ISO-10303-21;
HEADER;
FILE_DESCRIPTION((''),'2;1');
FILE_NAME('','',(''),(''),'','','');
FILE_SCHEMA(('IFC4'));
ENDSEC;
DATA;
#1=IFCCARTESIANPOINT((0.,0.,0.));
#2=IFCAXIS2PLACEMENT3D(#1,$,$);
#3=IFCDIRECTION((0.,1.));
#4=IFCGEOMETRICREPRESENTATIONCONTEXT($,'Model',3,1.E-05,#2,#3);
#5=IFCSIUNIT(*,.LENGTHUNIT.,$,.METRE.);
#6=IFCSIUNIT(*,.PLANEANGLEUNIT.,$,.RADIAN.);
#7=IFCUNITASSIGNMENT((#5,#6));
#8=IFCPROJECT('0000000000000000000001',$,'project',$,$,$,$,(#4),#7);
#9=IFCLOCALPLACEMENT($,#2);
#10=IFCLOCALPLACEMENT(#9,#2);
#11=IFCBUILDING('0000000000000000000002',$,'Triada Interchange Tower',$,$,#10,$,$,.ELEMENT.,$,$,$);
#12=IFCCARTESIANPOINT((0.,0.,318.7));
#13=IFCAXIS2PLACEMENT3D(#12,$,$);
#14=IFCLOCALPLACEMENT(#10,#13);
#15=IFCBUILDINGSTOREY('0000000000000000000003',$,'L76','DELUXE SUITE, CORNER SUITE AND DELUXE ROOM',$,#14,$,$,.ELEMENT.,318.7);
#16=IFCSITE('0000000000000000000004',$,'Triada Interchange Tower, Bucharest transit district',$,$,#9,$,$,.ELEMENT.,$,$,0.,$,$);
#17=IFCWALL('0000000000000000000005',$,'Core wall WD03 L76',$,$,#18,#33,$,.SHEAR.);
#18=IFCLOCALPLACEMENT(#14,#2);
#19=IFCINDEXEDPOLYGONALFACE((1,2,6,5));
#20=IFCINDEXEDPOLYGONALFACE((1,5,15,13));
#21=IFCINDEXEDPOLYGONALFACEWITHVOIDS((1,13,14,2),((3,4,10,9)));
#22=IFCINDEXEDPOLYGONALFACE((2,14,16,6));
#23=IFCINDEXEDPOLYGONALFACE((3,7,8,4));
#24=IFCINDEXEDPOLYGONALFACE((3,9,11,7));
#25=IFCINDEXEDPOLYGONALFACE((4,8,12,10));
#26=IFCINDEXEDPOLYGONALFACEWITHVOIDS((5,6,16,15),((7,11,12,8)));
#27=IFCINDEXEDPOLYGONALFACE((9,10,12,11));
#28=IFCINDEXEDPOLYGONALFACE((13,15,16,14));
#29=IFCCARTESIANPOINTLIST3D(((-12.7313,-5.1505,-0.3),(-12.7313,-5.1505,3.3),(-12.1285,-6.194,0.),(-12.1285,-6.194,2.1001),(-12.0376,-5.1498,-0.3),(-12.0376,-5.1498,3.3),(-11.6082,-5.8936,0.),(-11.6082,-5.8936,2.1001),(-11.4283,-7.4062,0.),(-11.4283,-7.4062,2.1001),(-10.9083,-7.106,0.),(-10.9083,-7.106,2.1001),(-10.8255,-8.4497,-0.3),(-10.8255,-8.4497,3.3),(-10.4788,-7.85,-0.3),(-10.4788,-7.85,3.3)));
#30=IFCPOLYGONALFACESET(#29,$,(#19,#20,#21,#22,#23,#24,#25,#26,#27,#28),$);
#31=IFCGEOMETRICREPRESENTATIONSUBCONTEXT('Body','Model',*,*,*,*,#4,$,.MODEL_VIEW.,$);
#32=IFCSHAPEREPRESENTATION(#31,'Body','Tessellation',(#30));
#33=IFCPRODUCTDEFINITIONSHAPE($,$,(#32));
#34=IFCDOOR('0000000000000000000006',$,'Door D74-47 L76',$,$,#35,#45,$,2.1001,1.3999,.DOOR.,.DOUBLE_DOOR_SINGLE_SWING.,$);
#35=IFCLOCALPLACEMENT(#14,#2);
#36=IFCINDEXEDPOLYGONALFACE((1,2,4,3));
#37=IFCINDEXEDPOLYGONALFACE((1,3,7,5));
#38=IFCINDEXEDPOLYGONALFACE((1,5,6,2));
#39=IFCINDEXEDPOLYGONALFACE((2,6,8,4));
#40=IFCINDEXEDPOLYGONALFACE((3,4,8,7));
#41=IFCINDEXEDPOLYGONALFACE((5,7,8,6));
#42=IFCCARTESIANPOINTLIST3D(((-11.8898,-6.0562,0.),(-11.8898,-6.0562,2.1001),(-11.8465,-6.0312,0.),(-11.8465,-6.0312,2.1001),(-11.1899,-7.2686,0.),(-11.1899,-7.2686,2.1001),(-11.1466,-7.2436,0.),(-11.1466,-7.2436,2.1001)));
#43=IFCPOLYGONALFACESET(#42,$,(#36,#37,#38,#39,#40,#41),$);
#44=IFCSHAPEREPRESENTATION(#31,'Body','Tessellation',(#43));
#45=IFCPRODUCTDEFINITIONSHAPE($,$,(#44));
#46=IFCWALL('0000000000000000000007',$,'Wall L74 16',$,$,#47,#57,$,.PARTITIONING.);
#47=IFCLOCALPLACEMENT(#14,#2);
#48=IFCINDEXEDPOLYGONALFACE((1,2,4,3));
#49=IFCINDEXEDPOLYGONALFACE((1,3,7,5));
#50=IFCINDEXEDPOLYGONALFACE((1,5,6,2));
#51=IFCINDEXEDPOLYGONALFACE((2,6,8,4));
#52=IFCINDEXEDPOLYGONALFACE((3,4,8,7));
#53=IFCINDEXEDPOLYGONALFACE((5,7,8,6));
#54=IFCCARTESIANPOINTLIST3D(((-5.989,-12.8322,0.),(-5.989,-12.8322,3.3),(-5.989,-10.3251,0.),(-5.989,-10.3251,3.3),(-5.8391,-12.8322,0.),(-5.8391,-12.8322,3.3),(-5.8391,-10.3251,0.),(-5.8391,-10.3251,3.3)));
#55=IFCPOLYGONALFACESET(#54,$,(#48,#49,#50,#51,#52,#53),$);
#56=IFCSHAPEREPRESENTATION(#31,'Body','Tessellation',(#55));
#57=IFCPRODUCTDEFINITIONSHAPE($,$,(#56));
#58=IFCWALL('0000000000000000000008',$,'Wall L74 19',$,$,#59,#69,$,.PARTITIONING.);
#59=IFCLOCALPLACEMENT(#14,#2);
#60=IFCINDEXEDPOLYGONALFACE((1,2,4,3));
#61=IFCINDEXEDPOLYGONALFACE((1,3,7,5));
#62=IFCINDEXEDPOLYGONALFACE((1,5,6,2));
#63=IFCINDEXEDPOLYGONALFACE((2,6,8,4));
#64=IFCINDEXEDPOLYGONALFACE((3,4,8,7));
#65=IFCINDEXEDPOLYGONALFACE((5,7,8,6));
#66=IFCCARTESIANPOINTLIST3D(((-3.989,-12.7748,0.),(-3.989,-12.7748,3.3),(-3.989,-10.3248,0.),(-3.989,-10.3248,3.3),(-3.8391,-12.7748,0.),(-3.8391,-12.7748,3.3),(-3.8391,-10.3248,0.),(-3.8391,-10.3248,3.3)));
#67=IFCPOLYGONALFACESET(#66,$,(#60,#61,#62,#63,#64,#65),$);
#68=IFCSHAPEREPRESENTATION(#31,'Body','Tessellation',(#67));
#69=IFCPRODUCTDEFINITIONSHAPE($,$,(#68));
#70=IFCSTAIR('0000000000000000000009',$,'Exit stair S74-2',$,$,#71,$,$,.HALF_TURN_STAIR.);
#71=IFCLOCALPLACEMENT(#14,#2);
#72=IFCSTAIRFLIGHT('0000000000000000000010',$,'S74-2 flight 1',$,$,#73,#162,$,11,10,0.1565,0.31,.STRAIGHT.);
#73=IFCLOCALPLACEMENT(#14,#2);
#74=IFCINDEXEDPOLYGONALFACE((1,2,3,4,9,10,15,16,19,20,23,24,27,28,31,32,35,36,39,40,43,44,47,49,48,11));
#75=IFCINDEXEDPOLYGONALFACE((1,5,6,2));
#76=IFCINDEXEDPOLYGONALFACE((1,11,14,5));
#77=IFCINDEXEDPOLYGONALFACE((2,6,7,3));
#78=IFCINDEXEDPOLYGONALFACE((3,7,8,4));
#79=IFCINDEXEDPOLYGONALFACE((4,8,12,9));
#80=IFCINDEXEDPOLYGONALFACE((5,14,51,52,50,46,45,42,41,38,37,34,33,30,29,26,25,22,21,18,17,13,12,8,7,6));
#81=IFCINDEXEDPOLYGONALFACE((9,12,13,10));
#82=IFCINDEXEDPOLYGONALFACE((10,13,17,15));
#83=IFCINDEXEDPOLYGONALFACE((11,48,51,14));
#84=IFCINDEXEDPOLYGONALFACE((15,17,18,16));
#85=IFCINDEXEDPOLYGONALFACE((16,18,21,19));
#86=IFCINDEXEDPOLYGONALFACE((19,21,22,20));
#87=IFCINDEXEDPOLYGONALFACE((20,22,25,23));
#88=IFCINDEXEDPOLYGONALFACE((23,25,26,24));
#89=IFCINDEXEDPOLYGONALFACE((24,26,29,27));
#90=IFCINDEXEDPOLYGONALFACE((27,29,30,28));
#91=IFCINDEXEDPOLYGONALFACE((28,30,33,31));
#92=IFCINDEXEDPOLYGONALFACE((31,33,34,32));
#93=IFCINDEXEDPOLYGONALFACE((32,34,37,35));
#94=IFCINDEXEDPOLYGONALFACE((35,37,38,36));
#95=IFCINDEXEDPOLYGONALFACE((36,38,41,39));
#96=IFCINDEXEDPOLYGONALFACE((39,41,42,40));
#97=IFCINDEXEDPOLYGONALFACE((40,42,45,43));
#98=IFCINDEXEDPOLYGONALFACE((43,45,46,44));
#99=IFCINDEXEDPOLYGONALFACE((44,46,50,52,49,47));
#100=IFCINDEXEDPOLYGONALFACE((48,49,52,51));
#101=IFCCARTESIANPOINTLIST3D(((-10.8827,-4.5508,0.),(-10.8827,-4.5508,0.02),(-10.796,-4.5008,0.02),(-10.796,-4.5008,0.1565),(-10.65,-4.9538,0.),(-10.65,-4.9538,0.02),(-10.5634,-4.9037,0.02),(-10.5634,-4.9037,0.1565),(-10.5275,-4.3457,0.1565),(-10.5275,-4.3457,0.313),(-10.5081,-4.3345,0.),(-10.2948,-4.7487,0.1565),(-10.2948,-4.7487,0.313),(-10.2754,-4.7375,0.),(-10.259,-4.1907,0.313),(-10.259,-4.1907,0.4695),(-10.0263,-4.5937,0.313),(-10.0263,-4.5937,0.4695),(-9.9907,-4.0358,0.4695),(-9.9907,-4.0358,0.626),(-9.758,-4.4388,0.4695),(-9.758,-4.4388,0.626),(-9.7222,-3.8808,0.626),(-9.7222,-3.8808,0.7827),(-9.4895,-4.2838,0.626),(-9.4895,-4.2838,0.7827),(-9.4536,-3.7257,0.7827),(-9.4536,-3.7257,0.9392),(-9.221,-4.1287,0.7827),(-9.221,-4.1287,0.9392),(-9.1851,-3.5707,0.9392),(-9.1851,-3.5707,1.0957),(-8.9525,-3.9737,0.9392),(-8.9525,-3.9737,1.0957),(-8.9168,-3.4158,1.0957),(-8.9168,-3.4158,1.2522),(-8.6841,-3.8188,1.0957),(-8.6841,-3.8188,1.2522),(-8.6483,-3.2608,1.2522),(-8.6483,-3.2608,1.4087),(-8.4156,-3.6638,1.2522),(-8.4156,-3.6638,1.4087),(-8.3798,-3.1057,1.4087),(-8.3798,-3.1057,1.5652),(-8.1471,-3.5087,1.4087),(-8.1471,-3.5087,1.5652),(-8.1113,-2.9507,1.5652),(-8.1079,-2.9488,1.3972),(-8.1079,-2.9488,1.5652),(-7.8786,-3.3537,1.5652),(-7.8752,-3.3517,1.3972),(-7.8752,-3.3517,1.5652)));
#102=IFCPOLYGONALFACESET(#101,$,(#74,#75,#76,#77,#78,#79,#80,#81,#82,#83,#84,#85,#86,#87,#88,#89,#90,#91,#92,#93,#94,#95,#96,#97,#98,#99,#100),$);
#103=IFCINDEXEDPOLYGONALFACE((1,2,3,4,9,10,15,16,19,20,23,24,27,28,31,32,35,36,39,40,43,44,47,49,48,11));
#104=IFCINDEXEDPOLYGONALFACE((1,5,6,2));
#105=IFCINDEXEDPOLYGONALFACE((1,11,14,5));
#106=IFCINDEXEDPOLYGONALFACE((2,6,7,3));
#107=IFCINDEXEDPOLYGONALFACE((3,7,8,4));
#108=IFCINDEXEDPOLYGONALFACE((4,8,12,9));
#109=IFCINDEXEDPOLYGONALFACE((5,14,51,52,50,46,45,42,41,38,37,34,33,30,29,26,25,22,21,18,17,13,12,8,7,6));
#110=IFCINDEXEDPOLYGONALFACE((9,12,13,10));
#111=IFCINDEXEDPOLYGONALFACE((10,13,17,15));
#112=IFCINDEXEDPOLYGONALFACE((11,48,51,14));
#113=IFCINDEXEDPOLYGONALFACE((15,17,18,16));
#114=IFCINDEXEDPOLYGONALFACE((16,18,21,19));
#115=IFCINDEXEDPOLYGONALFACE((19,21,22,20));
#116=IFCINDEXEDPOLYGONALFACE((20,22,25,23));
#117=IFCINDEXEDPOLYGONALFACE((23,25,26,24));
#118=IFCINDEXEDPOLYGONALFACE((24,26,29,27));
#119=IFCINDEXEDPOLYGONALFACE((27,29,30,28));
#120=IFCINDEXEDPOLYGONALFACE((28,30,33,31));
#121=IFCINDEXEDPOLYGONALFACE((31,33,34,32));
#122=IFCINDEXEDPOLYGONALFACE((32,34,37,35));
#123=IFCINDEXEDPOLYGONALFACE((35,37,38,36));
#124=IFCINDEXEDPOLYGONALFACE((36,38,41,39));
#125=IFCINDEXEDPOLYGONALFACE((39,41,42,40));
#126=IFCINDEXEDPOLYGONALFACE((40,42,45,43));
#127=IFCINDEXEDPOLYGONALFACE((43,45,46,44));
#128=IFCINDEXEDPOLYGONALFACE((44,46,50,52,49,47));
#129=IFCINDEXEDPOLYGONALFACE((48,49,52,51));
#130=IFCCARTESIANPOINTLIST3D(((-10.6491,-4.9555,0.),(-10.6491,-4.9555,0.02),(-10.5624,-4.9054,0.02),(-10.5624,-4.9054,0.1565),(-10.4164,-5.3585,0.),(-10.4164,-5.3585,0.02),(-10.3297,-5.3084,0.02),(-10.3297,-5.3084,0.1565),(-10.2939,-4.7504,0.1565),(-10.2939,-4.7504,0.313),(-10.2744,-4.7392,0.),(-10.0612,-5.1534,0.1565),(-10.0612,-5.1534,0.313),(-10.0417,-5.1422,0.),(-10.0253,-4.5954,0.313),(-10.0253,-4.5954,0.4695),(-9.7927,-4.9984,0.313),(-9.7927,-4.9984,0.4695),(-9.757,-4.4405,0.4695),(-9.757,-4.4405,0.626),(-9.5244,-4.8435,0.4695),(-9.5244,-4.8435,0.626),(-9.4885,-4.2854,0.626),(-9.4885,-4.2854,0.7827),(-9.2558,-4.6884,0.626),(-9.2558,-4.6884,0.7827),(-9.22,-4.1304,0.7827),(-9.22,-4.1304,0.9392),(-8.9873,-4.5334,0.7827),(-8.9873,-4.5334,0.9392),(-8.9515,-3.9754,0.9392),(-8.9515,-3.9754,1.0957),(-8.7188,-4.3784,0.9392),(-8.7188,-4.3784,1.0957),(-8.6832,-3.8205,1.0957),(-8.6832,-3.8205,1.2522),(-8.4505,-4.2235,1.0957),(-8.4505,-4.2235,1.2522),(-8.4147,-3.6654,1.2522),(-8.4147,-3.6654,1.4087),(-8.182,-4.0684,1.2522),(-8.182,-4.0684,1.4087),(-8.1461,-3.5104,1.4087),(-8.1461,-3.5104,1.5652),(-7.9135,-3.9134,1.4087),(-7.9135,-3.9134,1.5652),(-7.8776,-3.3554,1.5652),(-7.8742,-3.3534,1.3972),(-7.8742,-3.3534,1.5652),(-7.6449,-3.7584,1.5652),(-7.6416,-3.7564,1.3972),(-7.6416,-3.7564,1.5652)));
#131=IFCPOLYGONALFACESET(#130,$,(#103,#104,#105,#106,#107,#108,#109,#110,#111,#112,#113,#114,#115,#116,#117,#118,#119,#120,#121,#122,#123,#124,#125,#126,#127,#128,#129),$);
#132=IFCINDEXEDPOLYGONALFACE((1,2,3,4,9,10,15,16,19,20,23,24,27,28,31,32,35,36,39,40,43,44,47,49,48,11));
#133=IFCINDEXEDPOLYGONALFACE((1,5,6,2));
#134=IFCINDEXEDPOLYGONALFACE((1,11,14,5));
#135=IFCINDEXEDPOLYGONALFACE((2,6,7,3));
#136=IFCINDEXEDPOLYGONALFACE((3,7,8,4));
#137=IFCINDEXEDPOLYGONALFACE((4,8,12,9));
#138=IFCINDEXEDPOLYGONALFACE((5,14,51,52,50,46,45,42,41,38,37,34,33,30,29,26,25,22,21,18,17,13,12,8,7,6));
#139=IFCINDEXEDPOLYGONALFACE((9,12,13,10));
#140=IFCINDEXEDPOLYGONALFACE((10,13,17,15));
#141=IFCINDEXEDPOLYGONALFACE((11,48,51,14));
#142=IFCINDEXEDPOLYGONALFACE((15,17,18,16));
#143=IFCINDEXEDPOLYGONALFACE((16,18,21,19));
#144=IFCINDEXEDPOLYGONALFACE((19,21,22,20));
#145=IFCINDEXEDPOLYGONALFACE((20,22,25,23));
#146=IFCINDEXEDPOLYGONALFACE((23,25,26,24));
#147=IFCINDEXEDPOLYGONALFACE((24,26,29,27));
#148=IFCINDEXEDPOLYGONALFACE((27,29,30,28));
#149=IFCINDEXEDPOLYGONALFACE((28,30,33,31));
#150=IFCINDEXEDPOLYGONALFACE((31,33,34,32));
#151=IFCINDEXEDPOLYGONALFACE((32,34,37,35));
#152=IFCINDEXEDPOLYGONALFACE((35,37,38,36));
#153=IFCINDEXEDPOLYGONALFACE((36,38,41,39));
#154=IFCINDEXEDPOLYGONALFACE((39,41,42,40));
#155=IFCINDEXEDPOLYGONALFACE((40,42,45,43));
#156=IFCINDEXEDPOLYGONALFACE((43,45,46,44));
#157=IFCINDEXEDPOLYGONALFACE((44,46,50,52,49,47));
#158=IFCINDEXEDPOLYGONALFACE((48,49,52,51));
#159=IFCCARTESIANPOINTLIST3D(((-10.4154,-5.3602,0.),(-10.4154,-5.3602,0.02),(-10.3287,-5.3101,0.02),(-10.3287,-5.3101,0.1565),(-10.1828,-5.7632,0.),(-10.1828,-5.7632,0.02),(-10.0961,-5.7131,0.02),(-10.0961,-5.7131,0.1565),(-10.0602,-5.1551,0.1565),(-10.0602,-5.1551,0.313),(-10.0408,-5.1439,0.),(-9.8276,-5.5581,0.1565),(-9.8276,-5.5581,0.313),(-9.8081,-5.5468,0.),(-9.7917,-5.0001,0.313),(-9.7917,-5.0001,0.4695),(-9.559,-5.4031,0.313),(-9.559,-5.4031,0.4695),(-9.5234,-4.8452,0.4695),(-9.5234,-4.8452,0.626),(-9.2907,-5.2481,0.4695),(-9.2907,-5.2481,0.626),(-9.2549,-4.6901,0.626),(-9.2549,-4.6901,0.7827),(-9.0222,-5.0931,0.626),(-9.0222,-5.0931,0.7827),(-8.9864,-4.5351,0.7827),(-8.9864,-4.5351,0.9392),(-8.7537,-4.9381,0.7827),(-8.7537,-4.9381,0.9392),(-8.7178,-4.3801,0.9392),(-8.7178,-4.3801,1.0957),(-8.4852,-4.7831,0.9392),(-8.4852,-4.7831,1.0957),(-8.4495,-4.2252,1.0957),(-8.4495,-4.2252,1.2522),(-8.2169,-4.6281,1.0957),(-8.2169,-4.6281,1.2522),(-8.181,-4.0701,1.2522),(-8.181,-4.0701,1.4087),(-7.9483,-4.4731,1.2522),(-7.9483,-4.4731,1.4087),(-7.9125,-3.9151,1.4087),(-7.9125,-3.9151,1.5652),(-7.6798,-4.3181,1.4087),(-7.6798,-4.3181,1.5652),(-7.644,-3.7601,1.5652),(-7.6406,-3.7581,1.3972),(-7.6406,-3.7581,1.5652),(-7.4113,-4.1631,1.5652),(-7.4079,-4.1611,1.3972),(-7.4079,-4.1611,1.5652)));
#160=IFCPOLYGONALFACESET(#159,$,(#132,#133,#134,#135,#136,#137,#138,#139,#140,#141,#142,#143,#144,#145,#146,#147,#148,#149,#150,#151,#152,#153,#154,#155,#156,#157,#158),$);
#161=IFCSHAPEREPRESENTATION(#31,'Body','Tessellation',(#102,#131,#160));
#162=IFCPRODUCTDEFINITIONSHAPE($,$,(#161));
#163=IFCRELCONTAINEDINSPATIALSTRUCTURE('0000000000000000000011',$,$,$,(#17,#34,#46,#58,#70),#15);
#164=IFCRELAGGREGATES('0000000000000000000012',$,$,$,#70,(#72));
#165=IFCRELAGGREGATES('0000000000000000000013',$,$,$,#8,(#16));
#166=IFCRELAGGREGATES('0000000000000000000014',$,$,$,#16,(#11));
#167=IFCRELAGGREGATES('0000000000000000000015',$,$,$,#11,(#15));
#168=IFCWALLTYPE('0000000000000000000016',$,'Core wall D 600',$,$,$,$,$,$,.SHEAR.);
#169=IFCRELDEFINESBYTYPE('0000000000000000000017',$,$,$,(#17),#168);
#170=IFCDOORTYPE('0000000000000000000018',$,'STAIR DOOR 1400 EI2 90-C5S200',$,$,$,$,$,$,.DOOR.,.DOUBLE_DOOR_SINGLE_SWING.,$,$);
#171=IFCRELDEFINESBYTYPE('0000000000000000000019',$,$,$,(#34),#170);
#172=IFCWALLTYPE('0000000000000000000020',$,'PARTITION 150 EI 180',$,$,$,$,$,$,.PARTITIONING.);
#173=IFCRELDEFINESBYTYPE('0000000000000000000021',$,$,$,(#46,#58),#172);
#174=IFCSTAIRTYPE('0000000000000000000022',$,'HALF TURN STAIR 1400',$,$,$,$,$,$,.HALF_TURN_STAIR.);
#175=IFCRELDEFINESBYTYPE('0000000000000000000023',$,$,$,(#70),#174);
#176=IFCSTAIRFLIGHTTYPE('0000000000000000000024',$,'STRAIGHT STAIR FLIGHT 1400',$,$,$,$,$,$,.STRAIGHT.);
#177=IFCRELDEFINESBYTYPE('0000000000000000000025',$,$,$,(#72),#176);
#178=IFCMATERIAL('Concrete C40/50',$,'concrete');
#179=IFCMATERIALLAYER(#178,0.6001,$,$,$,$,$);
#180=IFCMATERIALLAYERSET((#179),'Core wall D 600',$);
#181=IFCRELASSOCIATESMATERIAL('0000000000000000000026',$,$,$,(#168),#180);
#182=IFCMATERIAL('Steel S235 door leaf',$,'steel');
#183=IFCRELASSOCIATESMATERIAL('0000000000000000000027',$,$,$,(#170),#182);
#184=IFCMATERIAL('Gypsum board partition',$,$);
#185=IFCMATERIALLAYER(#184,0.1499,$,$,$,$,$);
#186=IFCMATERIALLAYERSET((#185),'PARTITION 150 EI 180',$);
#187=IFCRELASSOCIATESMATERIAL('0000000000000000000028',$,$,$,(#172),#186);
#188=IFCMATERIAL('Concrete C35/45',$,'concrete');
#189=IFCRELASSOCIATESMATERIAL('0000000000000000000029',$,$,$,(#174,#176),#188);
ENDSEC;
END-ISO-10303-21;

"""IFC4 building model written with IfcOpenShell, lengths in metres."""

from ifc_helpers import new_model, si_unit, direction, frame, frame_2d, origin, place, context, subcontext, project, spatial, polyline, rectangle, outline, extrude, material, layer, layer_set, type_object, element, fill, aggregate, save


model = new_model("IFC4")

# Units and contexts
model_context = context("Model", 3, precision=1e-05, world=origin(), true_north=direction((0.0, 1.0)))
body_context = subcontext(model_context, "Body", "Model", "MODEL_VIEW")
ifc_project = project(units=[si_unit("LENGTHUNIT", "METRE"), si_unit("PLANEANGLEUNIT", "RADIAN")], contexts=[model_context])

# Site, building, storey
site_placement = place(None, origin())
site = spatial("IfcSite", under=ifc_project, at=site_placement, Name="Triada Interchange Tower, Bucharest transit district", CompositionType="ELEMENT", RefElevation=0.0)
building_placement = place(site_placement, origin())
building = spatial("IfcBuilding", under=site, at=building_placement, Name="Triada Interchange Tower", CompositionType="ELEMENT")
storey_placement = place(building_placement, frame((0.0, 0.0, 318.7)))
storey = spatial("IfcBuildingStorey", under=building, at=storey_placement, Name="L76", Description="DELUXE SUITE, CORNER SUITE AND DELUXE ROOM", CompositionType="ELEMENT", Elevation=318.7)

# Shared definitions
ifc_material_1 = material(Name="Steel S235 door leaf", Category="steel")

# Wall, opening, door
ifc_material_2 = material(Name="Concrete C40/50", Category="concrete")
ifc_layer_1 = layer(ifc_material_2, 0.6001)
ifc_layer_set_1 = layer_set([ifc_layer_1], Name="Core wall D 600")
wall_type_1 = type_object("IfcWallType", Name="Core wall D 600", PredefinedType="SHEAR", material=ifc_layer_set_1)
wall_1_placement = place(storey_placement, frame((-12.384, -5.1499, -0.3), z_axis=(0.0, 0.0, 1.0), x_axis=(0.499975, -0.86604, 0.0)))
wall_1 = element("IfcWall", 1, at=wall_1_placement, inside=storey, type_object=wall_type_1, Name="Core wall WD03 L76", PredefinedType="SHEAR", context=body_context, shape_type="SweptSolid", body=[
    extrude(outline(polyline([(-0.1731, -0.301), (1.7319, -0.3005), (3.637, -0.3), (3.291, 0.3), (1.7319, 0.3), (0.1731, 0.3), (-0.1731, -0.301)])), origin(), (0.0, 0.0, 1.0), 3.6001),
])
opening_1_placement = place(wall_1_placement, frame((1.032, 0.0, 0.3)))
opening_1 = element("IfcOpeningElement", 2, at=opening_1_placement, cuts=wall_1, PredefinedType="OPENING", context=body_context, shape_type="SweptSolid", body=[
    extrude(rectangle(XDim=1.3999, YDim=2.1001, at=frame_2d((0.7, 1.05))), frame((0.0, 0.3101, 0.0), z_axis=(0.0, -1.0, 0.0), x_axis=(1.0, 0.0, 0.0)), (0.0, 0.0, 1.0), 0.6211),
])
door_type_1 = type_object("IfcDoorType", Name="STAIR DOOR 1400 EI2 90-C5S200", OperationType="DOUBLE_DOOR_SINGLE_SWING", PredefinedType="DOOR", material=ifc_material_1)
door_1_placement = place(opening_1_placement, origin())
door_1 = element("IfcDoor", 3, at=door_1_placement, inside=storey, type_object=door_type_1, Name="Door D74-47 L76", OperationType="DOUBLE_DOOR_SINGLE_SWING", OverallHeight=2.1001, OverallWidth=1.3999, PredefinedType="DOOR", context=body_context, shape_type="SweptSolid", body=[
    extrude(rectangle(XDim=1.3999, YDim=2.1001, at=frame_2d((0.7, 1.05))), frame((0.0, 0.0249, 0.0), z_axis=(0.0, -1.0, 0.0), x_axis=(1.0, 0.0, 0.0)), (0.0, 0.0, 1.0), 0.05),
])
fill(opening_1, door_1)

# Walls
ifc_material_3 = material(Name="Gypsum board partition")
ifc_layer_2 = layer(ifc_material_3, 0.1499)
ifc_layer_set_2 = layer_set([ifc_layer_2], Name="PARTITION 150 EI 180")
wall_type_2 = type_object("IfcWallType", Name="PARTITION 150 EI 180", PredefinedType="PARTITIONING", material=ifc_layer_set_2)
wall_2_placement = place(storey_placement, frame((-5.9141, -12.832, 0.0), z_axis=(0.0, 0.0, 1.0), x_axis=(0.0, 1.0, 0.0)))
element("IfcWall", 4, at=wall_2_placement, inside=storey, type_object=wall_type_2, Name="Wall L74 16", PredefinedType="PARTITIONING", context=body_context, shape_type="SweptSolid", body=[
    extrude(rectangle(XDim=2.5071, YDim=0.1499, at=frame_2d((1.2534, 0.0))), origin(), (0.0, 0.0, 1.0), 3.3),
])
wall_3_placement = place(storey_placement, frame((-3.9141, -12.7749, 0.0), z_axis=(0.0, 0.0, 1.0), x_axis=(0.0, 1.0, 0.0)))
element("IfcWall", 5, at=wall_3_placement, inside=storey, type_object=wall_type_2, Name="Wall L74 19", PredefinedType="PARTITIONING", context=body_context, shape_type="SweptSolid", body=[
    extrude(rectangle(XDim=2.45, YDim=0.1499, at=frame_2d((1.2251, 0.0))), origin(), (0.0, 0.0, 1.0), 3.3),
])

# Stair, stair flight
ifc_material_4 = material(Name="Concrete C35/45", Category="concrete")
stair_type = type_object("IfcStairType", Name="HALF TURN STAIR 1400", PredefinedType="HALF_TURN_STAIR", material=ifc_material_4)
stair_placement = place(storey_placement, origin())
stair = element("IfcStair", 6, at=stair_placement, inside=storey, type_object=stair_type, Name="Exit stair S74-2", PredefinedType="HALF_TURN_STAIR")
stair_flight_type = type_object("IfcStairFlightType", Name="STRAIGHT STAIR FLIGHT 1400", PredefinedType="STRAIGHT", material=ifc_material_4)
stair_flight_1_placement = place(storey_placement, frame((-10.446, -5.1069, 0.0), z_axis=(0.0, 0.0, 1.0), x_axis=(0.866025, 0.5, 0.0)))
stair_flight_1 = element("IfcStairFlight", 7, at=stair_flight_1_placement, type_object=stair_flight_type, Name="S74-2 flight 1", NumberOfRisers=11, NumberOfTreads=10, PredefinedType="STRAIGHT", RiserHeight=0.1565, TreadLength=0.31, context=body_context, shape_type="SweptSolid", body=[
    extrude(outline(polyline([(-0.1001, 0.0), (-0.1001, 0.02), (0.0, 0.02), (0.0, 0.1565), (0.3101, 0.1565), (0.3101, 0.313), (0.6201, 0.313), (0.6201, 0.4695), (0.9299, 0.4695), (0.9299, 0.626), (1.24, 0.626), (1.24, 0.7827), (1.55, 0.7827), (1.55, 0.9392), (1.8601, 0.9392), (1.8601, 1.0957), (2.1699, 1.0957), (2.1699, 1.2522), (2.48, 1.2522), (2.48, 1.4087), (2.79, 1.4087), (2.79, 1.5652), (3.1001, 1.5652), (3.104, 1.5652), (3.104, 1.7217), (3.104, 1.3972), (0.3325, 0.0), (-0.1001, 0.0)])), frame((0.0, 0.7, 0.0), z_axis=(0.0, -1.0, 0.0), x_axis=(1.0, 0.0, 0.0)), (0.0, 0.0, 1.0), 0.4653),
    extrude(outline(polyline([(-0.1001, 0.0), (-0.1001, 0.02), (0.0, 0.02), (0.0, 0.1565), (0.3101, 0.1565), (0.3101, 0.313), (0.6201, 0.313), (0.6201, 0.4695), (0.9299, 0.4695), (0.9299, 0.626), (1.24, 0.626), (1.24, 0.7827), (1.55, 0.7827), (1.55, 0.9392), (1.8601, 0.9392), (1.8601, 1.0957), (2.1699, 1.0957), (2.1699, 1.2522), (2.48, 1.2522), (2.48, 1.4087), (2.79, 1.4087), (2.79, 1.5652), (3.1001, 1.5652), (3.104, 1.5652), (3.104, 1.7217), (3.104, 1.3972), (0.3325, 0.0), (-0.1001, 0.0)])), frame((0.0, 0.2327, 0.0), z_axis=(0.0, -1.0, 0.0), x_axis=(1.0, 0.0, 0.0)), (0.0, 0.0, 1.0), 0.4653),
    extrude(outline(polyline([(-0.1001, 0.0), (-0.1001, 0.02), (0.0, 0.02), (0.0, 0.1565), (0.3101, 0.1565), (0.3101, 0.313), (0.6201, 0.313), (0.6201, 0.4695), (0.9299, 0.4695), (0.9299, 0.626), (1.24, 0.626), (1.24, 0.7827), (1.55, 0.7827), (1.55, 0.9392), (1.8601, 0.9392), (1.8601, 1.0957), (2.1699, 1.0957), (2.1699, 1.2522), (2.48, 1.2522), (2.48, 1.4087), (2.79, 1.4087), (2.79, 1.5652), (3.1001, 1.5652), (3.104, 1.5652), (3.104, 1.7217), (3.104, 1.3972), (0.3325, 0.0), (-0.1001, 0.0)])), frame((0.0, -0.2346, 0.0), z_axis=(0.0, -1.0, 0.0), x_axis=(1.0, 0.0, 0.0)), (0.0, 0.0, 1.0), 0.4653),
])
aggregate(stair, [stair_flight_1])

save(model, "model.ifc")
